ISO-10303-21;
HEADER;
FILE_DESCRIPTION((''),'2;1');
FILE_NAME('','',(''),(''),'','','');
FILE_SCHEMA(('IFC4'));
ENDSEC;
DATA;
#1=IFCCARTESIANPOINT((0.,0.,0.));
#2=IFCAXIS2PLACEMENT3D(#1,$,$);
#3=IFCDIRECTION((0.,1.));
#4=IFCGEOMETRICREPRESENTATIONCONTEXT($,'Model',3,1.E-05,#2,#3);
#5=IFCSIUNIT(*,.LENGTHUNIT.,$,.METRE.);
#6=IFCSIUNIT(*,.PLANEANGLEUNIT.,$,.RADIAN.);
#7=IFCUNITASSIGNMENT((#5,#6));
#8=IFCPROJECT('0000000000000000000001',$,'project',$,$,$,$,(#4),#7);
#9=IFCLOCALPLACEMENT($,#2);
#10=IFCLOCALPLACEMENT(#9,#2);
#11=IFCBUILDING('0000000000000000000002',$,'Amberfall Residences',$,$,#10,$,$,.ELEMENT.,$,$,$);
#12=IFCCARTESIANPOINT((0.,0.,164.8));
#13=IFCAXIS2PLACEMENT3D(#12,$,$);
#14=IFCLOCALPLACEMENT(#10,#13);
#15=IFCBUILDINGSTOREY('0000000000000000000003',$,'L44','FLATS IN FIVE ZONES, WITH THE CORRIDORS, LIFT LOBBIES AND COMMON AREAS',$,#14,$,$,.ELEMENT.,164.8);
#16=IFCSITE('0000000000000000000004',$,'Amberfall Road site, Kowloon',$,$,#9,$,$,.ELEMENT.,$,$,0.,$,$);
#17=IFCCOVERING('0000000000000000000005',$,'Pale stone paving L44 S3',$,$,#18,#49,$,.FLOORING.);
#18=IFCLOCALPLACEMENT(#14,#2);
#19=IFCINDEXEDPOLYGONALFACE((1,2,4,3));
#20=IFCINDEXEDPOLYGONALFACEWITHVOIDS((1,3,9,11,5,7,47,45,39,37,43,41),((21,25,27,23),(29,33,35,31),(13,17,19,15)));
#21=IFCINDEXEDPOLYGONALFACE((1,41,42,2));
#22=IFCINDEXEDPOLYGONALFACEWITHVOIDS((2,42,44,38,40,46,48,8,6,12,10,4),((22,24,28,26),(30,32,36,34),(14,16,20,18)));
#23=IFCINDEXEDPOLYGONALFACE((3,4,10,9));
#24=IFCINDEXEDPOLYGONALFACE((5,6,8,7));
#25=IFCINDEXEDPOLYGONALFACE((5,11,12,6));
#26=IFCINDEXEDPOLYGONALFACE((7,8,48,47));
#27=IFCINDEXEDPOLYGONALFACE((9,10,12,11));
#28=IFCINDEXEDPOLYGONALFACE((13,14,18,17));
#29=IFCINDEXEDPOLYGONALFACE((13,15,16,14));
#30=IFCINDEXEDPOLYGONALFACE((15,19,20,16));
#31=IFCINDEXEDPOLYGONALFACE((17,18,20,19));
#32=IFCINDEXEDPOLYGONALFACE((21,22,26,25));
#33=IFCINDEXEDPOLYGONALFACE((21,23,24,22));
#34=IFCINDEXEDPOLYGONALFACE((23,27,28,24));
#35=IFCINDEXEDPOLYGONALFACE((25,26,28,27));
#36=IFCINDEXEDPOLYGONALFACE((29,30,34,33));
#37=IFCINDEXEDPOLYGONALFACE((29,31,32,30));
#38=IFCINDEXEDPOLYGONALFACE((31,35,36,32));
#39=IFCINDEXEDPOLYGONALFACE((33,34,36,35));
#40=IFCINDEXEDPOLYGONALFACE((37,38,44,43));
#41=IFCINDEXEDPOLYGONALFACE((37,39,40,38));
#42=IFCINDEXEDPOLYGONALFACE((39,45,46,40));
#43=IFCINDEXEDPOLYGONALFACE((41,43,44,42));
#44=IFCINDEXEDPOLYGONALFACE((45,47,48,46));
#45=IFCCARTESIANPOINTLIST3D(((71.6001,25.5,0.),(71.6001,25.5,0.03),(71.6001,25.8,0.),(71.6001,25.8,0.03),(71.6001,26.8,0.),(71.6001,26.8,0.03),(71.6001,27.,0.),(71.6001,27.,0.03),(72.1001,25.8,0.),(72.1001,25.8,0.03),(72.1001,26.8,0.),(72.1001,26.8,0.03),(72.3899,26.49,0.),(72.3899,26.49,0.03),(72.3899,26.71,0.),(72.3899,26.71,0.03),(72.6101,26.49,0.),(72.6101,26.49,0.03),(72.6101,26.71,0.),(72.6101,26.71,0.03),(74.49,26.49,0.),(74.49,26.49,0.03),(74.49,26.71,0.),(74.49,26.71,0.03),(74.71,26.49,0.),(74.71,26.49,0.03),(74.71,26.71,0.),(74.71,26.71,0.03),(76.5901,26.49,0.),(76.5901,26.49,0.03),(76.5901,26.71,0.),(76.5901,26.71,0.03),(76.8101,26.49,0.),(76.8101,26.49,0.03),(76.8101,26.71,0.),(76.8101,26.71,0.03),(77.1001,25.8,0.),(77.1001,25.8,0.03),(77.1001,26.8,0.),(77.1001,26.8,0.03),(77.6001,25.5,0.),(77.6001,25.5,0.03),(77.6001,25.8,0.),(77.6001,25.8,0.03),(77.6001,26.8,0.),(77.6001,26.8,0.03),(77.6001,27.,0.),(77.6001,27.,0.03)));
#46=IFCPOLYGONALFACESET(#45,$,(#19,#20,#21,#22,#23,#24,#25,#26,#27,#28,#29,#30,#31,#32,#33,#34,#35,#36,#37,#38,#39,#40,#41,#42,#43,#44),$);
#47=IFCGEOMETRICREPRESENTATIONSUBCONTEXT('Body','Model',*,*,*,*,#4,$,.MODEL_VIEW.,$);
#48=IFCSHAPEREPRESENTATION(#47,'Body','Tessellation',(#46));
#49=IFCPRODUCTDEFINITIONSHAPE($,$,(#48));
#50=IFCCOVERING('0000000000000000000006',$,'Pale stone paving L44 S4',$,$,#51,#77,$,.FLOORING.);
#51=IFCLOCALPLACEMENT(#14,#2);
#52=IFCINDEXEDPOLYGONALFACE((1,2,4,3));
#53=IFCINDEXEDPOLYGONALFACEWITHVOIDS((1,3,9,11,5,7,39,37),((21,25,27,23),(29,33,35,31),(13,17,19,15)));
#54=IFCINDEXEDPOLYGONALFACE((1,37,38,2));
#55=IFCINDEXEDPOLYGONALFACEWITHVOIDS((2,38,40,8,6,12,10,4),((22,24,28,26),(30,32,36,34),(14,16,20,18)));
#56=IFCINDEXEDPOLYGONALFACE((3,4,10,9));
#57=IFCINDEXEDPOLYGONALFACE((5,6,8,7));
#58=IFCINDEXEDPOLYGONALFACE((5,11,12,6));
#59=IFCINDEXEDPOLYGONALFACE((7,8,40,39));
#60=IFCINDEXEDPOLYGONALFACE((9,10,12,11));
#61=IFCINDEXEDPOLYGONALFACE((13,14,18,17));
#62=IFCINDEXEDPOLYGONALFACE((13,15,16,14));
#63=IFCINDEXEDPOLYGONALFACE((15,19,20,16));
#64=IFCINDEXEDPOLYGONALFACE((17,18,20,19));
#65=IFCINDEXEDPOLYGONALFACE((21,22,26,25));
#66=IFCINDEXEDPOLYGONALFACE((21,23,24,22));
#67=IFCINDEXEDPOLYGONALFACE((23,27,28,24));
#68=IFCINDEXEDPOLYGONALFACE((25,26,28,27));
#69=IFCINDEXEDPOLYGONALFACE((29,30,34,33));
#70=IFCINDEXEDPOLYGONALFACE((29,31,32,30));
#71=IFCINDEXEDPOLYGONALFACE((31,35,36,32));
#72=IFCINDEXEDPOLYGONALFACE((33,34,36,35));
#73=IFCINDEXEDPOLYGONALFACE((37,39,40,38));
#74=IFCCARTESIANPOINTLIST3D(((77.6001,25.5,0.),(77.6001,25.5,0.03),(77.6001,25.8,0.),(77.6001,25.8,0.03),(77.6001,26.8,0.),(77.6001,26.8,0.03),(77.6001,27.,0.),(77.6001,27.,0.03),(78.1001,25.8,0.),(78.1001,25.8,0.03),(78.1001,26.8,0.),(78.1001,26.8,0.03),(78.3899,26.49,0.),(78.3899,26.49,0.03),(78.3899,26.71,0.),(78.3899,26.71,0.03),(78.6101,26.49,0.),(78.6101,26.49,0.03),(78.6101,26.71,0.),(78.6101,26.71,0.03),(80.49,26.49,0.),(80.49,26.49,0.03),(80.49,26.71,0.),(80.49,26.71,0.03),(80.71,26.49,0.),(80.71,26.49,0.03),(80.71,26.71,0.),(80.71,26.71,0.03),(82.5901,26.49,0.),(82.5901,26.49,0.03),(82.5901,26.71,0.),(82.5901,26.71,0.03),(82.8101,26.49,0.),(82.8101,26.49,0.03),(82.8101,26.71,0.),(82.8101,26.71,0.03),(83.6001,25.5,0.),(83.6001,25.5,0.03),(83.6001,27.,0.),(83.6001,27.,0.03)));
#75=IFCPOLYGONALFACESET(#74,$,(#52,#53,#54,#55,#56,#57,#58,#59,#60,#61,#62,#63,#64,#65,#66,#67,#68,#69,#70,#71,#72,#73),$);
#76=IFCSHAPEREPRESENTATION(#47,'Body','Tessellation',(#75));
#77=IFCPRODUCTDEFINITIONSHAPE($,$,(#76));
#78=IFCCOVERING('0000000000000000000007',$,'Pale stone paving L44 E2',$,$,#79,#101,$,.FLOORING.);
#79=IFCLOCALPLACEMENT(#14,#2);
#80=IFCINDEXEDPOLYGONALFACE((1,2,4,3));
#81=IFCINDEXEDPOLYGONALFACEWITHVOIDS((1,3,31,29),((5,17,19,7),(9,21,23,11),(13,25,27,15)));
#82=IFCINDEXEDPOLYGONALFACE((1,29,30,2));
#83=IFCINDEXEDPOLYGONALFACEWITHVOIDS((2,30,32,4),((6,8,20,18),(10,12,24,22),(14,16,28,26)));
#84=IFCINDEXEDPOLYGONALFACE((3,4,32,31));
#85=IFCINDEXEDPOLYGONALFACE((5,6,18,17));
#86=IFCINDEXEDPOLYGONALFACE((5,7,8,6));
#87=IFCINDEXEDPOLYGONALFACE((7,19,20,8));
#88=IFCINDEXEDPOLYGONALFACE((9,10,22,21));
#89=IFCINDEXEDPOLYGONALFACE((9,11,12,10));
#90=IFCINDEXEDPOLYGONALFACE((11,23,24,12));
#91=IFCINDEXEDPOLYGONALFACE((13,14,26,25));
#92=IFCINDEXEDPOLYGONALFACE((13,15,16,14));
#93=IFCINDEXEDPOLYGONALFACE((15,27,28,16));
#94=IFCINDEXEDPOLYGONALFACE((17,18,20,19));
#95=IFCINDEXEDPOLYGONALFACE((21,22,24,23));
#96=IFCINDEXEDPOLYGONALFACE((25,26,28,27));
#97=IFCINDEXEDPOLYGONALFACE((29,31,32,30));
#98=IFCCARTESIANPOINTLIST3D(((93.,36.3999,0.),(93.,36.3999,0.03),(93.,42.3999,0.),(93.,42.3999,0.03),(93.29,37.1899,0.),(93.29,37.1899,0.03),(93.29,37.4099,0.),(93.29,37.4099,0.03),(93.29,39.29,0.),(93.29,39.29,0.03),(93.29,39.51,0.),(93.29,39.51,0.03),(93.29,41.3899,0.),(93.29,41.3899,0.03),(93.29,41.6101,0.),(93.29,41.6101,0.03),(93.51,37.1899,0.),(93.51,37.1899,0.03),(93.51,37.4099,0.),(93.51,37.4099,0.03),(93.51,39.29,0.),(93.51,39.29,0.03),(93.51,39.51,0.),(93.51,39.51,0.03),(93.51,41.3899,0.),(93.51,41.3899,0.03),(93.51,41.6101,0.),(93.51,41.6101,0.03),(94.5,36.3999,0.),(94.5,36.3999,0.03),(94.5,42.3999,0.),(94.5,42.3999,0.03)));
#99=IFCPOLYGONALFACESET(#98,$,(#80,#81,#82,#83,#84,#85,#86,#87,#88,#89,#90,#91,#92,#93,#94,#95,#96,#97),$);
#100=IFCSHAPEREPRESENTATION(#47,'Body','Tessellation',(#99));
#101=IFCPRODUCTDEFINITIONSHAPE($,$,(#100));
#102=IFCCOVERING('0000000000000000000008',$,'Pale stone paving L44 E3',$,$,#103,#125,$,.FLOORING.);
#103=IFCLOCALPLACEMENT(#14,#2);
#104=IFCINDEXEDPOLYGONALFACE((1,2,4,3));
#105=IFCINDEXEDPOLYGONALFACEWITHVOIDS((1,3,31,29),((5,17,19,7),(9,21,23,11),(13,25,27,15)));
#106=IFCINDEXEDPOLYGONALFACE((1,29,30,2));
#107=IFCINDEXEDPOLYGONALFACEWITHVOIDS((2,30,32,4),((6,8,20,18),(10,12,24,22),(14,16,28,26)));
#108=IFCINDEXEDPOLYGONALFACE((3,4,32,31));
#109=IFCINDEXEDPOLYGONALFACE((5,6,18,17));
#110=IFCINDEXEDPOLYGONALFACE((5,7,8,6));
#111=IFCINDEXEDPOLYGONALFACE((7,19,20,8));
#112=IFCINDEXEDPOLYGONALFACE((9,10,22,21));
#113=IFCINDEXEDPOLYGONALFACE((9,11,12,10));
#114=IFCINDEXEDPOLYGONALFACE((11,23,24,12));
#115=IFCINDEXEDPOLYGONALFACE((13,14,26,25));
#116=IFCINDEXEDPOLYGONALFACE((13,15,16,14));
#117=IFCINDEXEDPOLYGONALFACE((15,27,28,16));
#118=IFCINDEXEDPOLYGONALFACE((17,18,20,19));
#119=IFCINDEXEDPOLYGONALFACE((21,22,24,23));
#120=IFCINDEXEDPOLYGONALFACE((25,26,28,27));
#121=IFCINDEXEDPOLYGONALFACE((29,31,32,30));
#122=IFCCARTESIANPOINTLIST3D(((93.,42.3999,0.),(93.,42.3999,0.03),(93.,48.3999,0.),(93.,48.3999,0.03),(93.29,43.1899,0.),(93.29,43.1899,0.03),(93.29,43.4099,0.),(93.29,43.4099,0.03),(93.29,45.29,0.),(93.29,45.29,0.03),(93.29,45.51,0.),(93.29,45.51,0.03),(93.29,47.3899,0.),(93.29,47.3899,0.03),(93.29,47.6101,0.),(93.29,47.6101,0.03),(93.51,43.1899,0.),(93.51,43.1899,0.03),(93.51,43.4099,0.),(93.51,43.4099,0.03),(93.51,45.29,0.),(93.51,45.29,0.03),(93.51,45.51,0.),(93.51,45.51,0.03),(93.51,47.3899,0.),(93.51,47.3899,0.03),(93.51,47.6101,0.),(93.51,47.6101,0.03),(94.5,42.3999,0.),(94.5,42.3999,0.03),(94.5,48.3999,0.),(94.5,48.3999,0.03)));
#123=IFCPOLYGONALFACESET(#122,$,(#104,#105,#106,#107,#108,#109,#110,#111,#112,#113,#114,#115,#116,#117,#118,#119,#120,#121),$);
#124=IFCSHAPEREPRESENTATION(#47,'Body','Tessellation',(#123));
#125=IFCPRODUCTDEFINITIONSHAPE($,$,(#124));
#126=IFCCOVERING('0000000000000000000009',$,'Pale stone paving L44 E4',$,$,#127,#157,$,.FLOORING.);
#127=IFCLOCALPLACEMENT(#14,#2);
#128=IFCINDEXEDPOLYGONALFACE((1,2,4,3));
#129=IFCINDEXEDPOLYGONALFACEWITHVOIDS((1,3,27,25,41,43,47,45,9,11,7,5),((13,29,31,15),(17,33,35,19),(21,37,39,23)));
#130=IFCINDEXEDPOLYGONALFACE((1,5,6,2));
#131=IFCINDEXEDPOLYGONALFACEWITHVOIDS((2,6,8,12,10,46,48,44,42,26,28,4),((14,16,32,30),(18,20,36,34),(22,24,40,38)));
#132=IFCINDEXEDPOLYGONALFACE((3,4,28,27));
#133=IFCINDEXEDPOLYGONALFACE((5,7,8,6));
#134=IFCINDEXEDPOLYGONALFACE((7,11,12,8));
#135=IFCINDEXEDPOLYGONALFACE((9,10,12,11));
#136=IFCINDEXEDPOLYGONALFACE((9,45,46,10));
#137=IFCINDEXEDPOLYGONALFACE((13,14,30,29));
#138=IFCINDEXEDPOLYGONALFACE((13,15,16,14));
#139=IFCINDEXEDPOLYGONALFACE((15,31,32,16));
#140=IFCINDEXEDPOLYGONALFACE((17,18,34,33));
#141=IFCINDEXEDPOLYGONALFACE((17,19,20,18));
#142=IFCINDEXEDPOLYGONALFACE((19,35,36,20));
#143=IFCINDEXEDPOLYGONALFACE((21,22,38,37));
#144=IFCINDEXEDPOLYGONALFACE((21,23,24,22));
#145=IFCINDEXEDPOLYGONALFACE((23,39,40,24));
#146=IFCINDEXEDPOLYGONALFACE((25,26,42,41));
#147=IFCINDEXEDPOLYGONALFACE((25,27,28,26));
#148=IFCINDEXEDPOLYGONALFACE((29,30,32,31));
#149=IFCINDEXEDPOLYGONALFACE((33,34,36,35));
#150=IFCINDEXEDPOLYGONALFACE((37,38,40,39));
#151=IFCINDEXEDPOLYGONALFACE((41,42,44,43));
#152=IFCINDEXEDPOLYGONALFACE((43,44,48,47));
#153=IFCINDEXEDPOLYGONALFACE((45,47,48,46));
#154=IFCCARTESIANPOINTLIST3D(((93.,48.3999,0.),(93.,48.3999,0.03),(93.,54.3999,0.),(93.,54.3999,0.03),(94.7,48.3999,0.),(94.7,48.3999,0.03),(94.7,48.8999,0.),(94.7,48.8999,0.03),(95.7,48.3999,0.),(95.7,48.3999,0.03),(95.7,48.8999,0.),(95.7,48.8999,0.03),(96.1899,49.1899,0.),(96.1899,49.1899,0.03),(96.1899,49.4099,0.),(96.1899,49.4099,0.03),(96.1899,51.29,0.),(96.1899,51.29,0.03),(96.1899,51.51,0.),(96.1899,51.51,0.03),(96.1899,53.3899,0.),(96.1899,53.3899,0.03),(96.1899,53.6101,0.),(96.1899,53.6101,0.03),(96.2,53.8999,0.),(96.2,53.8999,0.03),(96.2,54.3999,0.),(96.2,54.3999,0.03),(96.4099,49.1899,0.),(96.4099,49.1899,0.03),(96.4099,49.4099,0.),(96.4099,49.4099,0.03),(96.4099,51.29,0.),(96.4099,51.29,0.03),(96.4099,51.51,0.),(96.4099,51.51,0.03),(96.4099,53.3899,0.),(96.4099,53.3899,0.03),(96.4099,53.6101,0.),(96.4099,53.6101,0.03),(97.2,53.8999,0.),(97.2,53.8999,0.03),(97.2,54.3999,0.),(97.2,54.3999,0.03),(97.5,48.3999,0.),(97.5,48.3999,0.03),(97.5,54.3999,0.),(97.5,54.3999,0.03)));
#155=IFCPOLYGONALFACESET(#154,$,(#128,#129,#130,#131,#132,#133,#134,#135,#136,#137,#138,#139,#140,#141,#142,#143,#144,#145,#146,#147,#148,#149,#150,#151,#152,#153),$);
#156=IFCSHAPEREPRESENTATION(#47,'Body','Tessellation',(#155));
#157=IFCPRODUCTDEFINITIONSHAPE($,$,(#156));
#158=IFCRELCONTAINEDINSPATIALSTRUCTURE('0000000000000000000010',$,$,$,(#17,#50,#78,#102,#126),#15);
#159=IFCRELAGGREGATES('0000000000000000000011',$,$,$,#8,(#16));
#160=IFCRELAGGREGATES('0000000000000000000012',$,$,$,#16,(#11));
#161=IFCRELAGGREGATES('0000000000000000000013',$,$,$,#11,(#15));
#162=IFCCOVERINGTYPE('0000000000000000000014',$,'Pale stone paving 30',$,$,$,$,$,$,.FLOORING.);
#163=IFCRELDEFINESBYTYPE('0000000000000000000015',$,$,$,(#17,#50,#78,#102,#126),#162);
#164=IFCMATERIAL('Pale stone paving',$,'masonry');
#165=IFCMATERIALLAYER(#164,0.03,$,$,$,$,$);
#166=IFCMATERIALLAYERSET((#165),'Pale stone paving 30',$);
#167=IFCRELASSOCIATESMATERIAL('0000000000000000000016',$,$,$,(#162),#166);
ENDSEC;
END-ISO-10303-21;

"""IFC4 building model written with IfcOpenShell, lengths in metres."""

from ifc_helpers import new_model, si_unit, direction, frame, origin, place, context, subcontext, project, spatial, polyline, outline, extrude, material, layer, layer_set, type_object, element, save


model = new_model("IFC4")

# Units and contexts
model_context = context("Model", 3, precision=1e-05, world=origin(), true_north=direction((0.0, 1.0)))
body_context = subcontext(model_context, "Body", "Model", "MODEL_VIEW")
ifc_project = project(units=[si_unit("LENGTHUNIT", "METRE"), si_unit("PLANEANGLEUNIT", "RADIAN")], contexts=[model_context])

# Site, building, storey
site_placement = place(None, origin())
site = spatial("IfcSite", under=ifc_project, at=site_placement, Name="Amberfall Road site, Kowloon", CompositionType="ELEMENT", RefElevation=0.0)
building_placement = place(site_placement, origin())
building = spatial("IfcBuilding", under=site, at=building_placement, Name="Amberfall Residences", CompositionType="ELEMENT")
storey_placement = place(building_placement, frame((0.0, 0.0, 164.8)))
storey = spatial("IfcBuildingStorey", under=building, at=storey_placement, Name="L44", Description="FLATS IN FIVE ZONES, WITH THE CORRIDORS, LIFT LOBBIES AND COMMON AREAS", CompositionType="ELEMENT", Elevation=164.8)

# Coverings
ifc_material_1 = material(Name="Pale stone paving", Category="masonry")
ifc_layer_1 = layer(ifc_material_1, 0.03)
ifc_layer_set_1 = layer_set([ifc_layer_1], Name="Pale stone paving 30")
covering_type_1 = type_object("IfcCoveringType", Name="Pale stone paving 30", PredefinedType="FLOORING", material=ifc_layer_set_1)
covering_1_placement = place(storey_placement, origin())
element("IfcCovering", 1, at=covering_1_placement, inside=storey, type_object=covering_type_1, Name="Pale stone paving L44 S3", PredefinedType="FLOORING", context=body_context, shape_type="SweptSolid", body=[
    extrude(outline(polyline([(77.6001, 27.0), (71.6001, 27.0), (71.6001, 26.8), (72.1001, 26.8), (72.1001, 25.8), (71.6001, 25.8), (71.6001, 25.5), (77.6001, 25.5), (77.6001, 25.8), (77.1001, 25.8), (77.1001, 26.8), (77.6001, 26.8), (77.6001, 27.0)]), holes=[polyline([(72.3899, 26.49), (72.6101, 26.49), (72.6101, 26.71), (72.3899, 26.71), (72.3899, 26.49)]), polyline([(74.49, 26.49), (74.71, 26.49), (74.71, 26.71), (74.49, 26.71), (74.49, 26.49)]), polyline([(76.5901, 26.49), (76.8101, 26.49), (76.8101, 26.71), (76.5901, 26.71), (76.5901, 26.49)])]), origin(), (0.0, 0.0, 1.0), 0.03),
])
covering_2_placement = place(storey_placement, origin())
element("IfcCovering", 2, at=covering_2_placement, inside=storey, type_object=covering_type_1, Name="Pale stone paving L44 S4", PredefinedType="FLOORING", context=body_context, shape_type="SweptSolid", body=[
    extrude(outline(polyline([(83.6001, 27.0), (77.6001, 27.0), (77.6001, 26.8), (78.1001, 26.8), (78.1001, 25.8), (77.6001, 25.8), (77.6001, 25.5), (83.6001, 25.5), (83.6001, 27.0)]), holes=[polyline([(78.3899, 26.49), (78.6101, 26.49), (78.6101, 26.71), (78.3899, 26.71), (78.3899, 26.49)]), polyline([(80.49, 26.49), (80.71, 26.49), (80.71, 26.71), (80.49, 26.71), (80.49, 26.49)]), polyline([(82.5901, 26.49), (82.8101, 26.49), (82.8101, 26.71), (82.5901, 26.71), (82.5901, 26.49)])]), origin(), (0.0, 0.0, 1.0), 0.03),
])
covering_3_placement = place(storey_placement, origin())
element("IfcCovering", 3, at=covering_3_placement, inside=storey, type_object=covering_type_1, Name="Pale stone paving L44 E2", PredefinedType="FLOORING", context=body_context, shape_type="SweptSolid", body=[
    extrude(outline(polyline([(93.0, 42.3999), (93.0, 36.3999), (94.5, 36.3999), (94.5, 42.3999), (93.0, 42.3999)]), holes=[polyline([(93.29, 37.1899), (93.51, 37.1899), (93.51, 37.4099), (93.29, 37.4099), (93.29, 37.1899)]), polyline([(93.29, 39.29), (93.51, 39.29), (93.51, 39.51), (93.29, 39.51), (93.29, 39.29)]), polyline([(93.29, 41.3899), (93.51, 41.3899), (93.51, 41.6101), (93.29, 41.6101), (93.29, 41.3899)])]), origin(), (0.0, 0.0, 1.0), 0.03),
])
covering_4_placement = place(storey_placement, origin())
element("IfcCovering", 4, at=covering_4_placement, inside=storey, type_object=covering_type_1, Name="Pale stone paving L44 E3", PredefinedType="FLOORING", context=body_context, shape_type="SweptSolid", body=[
    extrude(outline(polyline([(93.0, 48.3999), (93.0, 42.3999), (94.5, 42.3999), (94.5, 48.3999), (93.0, 48.3999)]), holes=[polyline([(93.29, 43.1899), (93.51, 43.1899), (93.51, 43.4099), (93.29, 43.4099), (93.29, 43.1899)]), polyline([(93.29, 45.29), (93.51, 45.29), (93.51, 45.51), (93.29, 45.51), (93.29, 45.29)]), polyline([(93.29, 47.3899), (93.51, 47.3899), (93.51, 47.6101), (93.29, 47.6101), (93.29, 47.3899)])]), origin(), (0.0, 0.0, 1.0), 0.03),
])
covering_5_placement = place(storey_placement, origin())
element("IfcCovering", 5, at=covering_5_placement, inside=storey, type_object=covering_type_1, Name="Pale stone paving L44 E4", PredefinedType="FLOORING", context=body_context, shape_type="SweptSolid", body=[
    extrude(outline(polyline([(97.5, 54.3999), (97.2, 54.3999), (97.2, 53.8999), (96.2, 53.8999), (96.2, 54.3999), (93.0, 54.3999), (93.0, 48.3999), (94.7, 48.3999), (94.7, 48.8999), (95.7, 48.8999), (95.7, 48.3999), (97.5, 48.3999), (97.5, 54.3999)]), holes=[polyline([(96.1899, 49.1899), (96.4099, 49.1899), (96.4099, 49.4099), (96.1899, 49.4099), (96.1899, 49.1899)]), polyline([(96.1899, 51.29), (96.4099, 51.29), (96.4099, 51.51), (96.1899, 51.51), (96.1899, 51.29)]), polyline([(96.1899, 53.3899), (96.4099, 53.3899), (96.4099, 53.6101), (96.1899, 53.6101), (96.1899, 53.3899)])]), origin(), (0.0, 0.0, 1.0), 0.03),
])

save(model, "model.ifc")
